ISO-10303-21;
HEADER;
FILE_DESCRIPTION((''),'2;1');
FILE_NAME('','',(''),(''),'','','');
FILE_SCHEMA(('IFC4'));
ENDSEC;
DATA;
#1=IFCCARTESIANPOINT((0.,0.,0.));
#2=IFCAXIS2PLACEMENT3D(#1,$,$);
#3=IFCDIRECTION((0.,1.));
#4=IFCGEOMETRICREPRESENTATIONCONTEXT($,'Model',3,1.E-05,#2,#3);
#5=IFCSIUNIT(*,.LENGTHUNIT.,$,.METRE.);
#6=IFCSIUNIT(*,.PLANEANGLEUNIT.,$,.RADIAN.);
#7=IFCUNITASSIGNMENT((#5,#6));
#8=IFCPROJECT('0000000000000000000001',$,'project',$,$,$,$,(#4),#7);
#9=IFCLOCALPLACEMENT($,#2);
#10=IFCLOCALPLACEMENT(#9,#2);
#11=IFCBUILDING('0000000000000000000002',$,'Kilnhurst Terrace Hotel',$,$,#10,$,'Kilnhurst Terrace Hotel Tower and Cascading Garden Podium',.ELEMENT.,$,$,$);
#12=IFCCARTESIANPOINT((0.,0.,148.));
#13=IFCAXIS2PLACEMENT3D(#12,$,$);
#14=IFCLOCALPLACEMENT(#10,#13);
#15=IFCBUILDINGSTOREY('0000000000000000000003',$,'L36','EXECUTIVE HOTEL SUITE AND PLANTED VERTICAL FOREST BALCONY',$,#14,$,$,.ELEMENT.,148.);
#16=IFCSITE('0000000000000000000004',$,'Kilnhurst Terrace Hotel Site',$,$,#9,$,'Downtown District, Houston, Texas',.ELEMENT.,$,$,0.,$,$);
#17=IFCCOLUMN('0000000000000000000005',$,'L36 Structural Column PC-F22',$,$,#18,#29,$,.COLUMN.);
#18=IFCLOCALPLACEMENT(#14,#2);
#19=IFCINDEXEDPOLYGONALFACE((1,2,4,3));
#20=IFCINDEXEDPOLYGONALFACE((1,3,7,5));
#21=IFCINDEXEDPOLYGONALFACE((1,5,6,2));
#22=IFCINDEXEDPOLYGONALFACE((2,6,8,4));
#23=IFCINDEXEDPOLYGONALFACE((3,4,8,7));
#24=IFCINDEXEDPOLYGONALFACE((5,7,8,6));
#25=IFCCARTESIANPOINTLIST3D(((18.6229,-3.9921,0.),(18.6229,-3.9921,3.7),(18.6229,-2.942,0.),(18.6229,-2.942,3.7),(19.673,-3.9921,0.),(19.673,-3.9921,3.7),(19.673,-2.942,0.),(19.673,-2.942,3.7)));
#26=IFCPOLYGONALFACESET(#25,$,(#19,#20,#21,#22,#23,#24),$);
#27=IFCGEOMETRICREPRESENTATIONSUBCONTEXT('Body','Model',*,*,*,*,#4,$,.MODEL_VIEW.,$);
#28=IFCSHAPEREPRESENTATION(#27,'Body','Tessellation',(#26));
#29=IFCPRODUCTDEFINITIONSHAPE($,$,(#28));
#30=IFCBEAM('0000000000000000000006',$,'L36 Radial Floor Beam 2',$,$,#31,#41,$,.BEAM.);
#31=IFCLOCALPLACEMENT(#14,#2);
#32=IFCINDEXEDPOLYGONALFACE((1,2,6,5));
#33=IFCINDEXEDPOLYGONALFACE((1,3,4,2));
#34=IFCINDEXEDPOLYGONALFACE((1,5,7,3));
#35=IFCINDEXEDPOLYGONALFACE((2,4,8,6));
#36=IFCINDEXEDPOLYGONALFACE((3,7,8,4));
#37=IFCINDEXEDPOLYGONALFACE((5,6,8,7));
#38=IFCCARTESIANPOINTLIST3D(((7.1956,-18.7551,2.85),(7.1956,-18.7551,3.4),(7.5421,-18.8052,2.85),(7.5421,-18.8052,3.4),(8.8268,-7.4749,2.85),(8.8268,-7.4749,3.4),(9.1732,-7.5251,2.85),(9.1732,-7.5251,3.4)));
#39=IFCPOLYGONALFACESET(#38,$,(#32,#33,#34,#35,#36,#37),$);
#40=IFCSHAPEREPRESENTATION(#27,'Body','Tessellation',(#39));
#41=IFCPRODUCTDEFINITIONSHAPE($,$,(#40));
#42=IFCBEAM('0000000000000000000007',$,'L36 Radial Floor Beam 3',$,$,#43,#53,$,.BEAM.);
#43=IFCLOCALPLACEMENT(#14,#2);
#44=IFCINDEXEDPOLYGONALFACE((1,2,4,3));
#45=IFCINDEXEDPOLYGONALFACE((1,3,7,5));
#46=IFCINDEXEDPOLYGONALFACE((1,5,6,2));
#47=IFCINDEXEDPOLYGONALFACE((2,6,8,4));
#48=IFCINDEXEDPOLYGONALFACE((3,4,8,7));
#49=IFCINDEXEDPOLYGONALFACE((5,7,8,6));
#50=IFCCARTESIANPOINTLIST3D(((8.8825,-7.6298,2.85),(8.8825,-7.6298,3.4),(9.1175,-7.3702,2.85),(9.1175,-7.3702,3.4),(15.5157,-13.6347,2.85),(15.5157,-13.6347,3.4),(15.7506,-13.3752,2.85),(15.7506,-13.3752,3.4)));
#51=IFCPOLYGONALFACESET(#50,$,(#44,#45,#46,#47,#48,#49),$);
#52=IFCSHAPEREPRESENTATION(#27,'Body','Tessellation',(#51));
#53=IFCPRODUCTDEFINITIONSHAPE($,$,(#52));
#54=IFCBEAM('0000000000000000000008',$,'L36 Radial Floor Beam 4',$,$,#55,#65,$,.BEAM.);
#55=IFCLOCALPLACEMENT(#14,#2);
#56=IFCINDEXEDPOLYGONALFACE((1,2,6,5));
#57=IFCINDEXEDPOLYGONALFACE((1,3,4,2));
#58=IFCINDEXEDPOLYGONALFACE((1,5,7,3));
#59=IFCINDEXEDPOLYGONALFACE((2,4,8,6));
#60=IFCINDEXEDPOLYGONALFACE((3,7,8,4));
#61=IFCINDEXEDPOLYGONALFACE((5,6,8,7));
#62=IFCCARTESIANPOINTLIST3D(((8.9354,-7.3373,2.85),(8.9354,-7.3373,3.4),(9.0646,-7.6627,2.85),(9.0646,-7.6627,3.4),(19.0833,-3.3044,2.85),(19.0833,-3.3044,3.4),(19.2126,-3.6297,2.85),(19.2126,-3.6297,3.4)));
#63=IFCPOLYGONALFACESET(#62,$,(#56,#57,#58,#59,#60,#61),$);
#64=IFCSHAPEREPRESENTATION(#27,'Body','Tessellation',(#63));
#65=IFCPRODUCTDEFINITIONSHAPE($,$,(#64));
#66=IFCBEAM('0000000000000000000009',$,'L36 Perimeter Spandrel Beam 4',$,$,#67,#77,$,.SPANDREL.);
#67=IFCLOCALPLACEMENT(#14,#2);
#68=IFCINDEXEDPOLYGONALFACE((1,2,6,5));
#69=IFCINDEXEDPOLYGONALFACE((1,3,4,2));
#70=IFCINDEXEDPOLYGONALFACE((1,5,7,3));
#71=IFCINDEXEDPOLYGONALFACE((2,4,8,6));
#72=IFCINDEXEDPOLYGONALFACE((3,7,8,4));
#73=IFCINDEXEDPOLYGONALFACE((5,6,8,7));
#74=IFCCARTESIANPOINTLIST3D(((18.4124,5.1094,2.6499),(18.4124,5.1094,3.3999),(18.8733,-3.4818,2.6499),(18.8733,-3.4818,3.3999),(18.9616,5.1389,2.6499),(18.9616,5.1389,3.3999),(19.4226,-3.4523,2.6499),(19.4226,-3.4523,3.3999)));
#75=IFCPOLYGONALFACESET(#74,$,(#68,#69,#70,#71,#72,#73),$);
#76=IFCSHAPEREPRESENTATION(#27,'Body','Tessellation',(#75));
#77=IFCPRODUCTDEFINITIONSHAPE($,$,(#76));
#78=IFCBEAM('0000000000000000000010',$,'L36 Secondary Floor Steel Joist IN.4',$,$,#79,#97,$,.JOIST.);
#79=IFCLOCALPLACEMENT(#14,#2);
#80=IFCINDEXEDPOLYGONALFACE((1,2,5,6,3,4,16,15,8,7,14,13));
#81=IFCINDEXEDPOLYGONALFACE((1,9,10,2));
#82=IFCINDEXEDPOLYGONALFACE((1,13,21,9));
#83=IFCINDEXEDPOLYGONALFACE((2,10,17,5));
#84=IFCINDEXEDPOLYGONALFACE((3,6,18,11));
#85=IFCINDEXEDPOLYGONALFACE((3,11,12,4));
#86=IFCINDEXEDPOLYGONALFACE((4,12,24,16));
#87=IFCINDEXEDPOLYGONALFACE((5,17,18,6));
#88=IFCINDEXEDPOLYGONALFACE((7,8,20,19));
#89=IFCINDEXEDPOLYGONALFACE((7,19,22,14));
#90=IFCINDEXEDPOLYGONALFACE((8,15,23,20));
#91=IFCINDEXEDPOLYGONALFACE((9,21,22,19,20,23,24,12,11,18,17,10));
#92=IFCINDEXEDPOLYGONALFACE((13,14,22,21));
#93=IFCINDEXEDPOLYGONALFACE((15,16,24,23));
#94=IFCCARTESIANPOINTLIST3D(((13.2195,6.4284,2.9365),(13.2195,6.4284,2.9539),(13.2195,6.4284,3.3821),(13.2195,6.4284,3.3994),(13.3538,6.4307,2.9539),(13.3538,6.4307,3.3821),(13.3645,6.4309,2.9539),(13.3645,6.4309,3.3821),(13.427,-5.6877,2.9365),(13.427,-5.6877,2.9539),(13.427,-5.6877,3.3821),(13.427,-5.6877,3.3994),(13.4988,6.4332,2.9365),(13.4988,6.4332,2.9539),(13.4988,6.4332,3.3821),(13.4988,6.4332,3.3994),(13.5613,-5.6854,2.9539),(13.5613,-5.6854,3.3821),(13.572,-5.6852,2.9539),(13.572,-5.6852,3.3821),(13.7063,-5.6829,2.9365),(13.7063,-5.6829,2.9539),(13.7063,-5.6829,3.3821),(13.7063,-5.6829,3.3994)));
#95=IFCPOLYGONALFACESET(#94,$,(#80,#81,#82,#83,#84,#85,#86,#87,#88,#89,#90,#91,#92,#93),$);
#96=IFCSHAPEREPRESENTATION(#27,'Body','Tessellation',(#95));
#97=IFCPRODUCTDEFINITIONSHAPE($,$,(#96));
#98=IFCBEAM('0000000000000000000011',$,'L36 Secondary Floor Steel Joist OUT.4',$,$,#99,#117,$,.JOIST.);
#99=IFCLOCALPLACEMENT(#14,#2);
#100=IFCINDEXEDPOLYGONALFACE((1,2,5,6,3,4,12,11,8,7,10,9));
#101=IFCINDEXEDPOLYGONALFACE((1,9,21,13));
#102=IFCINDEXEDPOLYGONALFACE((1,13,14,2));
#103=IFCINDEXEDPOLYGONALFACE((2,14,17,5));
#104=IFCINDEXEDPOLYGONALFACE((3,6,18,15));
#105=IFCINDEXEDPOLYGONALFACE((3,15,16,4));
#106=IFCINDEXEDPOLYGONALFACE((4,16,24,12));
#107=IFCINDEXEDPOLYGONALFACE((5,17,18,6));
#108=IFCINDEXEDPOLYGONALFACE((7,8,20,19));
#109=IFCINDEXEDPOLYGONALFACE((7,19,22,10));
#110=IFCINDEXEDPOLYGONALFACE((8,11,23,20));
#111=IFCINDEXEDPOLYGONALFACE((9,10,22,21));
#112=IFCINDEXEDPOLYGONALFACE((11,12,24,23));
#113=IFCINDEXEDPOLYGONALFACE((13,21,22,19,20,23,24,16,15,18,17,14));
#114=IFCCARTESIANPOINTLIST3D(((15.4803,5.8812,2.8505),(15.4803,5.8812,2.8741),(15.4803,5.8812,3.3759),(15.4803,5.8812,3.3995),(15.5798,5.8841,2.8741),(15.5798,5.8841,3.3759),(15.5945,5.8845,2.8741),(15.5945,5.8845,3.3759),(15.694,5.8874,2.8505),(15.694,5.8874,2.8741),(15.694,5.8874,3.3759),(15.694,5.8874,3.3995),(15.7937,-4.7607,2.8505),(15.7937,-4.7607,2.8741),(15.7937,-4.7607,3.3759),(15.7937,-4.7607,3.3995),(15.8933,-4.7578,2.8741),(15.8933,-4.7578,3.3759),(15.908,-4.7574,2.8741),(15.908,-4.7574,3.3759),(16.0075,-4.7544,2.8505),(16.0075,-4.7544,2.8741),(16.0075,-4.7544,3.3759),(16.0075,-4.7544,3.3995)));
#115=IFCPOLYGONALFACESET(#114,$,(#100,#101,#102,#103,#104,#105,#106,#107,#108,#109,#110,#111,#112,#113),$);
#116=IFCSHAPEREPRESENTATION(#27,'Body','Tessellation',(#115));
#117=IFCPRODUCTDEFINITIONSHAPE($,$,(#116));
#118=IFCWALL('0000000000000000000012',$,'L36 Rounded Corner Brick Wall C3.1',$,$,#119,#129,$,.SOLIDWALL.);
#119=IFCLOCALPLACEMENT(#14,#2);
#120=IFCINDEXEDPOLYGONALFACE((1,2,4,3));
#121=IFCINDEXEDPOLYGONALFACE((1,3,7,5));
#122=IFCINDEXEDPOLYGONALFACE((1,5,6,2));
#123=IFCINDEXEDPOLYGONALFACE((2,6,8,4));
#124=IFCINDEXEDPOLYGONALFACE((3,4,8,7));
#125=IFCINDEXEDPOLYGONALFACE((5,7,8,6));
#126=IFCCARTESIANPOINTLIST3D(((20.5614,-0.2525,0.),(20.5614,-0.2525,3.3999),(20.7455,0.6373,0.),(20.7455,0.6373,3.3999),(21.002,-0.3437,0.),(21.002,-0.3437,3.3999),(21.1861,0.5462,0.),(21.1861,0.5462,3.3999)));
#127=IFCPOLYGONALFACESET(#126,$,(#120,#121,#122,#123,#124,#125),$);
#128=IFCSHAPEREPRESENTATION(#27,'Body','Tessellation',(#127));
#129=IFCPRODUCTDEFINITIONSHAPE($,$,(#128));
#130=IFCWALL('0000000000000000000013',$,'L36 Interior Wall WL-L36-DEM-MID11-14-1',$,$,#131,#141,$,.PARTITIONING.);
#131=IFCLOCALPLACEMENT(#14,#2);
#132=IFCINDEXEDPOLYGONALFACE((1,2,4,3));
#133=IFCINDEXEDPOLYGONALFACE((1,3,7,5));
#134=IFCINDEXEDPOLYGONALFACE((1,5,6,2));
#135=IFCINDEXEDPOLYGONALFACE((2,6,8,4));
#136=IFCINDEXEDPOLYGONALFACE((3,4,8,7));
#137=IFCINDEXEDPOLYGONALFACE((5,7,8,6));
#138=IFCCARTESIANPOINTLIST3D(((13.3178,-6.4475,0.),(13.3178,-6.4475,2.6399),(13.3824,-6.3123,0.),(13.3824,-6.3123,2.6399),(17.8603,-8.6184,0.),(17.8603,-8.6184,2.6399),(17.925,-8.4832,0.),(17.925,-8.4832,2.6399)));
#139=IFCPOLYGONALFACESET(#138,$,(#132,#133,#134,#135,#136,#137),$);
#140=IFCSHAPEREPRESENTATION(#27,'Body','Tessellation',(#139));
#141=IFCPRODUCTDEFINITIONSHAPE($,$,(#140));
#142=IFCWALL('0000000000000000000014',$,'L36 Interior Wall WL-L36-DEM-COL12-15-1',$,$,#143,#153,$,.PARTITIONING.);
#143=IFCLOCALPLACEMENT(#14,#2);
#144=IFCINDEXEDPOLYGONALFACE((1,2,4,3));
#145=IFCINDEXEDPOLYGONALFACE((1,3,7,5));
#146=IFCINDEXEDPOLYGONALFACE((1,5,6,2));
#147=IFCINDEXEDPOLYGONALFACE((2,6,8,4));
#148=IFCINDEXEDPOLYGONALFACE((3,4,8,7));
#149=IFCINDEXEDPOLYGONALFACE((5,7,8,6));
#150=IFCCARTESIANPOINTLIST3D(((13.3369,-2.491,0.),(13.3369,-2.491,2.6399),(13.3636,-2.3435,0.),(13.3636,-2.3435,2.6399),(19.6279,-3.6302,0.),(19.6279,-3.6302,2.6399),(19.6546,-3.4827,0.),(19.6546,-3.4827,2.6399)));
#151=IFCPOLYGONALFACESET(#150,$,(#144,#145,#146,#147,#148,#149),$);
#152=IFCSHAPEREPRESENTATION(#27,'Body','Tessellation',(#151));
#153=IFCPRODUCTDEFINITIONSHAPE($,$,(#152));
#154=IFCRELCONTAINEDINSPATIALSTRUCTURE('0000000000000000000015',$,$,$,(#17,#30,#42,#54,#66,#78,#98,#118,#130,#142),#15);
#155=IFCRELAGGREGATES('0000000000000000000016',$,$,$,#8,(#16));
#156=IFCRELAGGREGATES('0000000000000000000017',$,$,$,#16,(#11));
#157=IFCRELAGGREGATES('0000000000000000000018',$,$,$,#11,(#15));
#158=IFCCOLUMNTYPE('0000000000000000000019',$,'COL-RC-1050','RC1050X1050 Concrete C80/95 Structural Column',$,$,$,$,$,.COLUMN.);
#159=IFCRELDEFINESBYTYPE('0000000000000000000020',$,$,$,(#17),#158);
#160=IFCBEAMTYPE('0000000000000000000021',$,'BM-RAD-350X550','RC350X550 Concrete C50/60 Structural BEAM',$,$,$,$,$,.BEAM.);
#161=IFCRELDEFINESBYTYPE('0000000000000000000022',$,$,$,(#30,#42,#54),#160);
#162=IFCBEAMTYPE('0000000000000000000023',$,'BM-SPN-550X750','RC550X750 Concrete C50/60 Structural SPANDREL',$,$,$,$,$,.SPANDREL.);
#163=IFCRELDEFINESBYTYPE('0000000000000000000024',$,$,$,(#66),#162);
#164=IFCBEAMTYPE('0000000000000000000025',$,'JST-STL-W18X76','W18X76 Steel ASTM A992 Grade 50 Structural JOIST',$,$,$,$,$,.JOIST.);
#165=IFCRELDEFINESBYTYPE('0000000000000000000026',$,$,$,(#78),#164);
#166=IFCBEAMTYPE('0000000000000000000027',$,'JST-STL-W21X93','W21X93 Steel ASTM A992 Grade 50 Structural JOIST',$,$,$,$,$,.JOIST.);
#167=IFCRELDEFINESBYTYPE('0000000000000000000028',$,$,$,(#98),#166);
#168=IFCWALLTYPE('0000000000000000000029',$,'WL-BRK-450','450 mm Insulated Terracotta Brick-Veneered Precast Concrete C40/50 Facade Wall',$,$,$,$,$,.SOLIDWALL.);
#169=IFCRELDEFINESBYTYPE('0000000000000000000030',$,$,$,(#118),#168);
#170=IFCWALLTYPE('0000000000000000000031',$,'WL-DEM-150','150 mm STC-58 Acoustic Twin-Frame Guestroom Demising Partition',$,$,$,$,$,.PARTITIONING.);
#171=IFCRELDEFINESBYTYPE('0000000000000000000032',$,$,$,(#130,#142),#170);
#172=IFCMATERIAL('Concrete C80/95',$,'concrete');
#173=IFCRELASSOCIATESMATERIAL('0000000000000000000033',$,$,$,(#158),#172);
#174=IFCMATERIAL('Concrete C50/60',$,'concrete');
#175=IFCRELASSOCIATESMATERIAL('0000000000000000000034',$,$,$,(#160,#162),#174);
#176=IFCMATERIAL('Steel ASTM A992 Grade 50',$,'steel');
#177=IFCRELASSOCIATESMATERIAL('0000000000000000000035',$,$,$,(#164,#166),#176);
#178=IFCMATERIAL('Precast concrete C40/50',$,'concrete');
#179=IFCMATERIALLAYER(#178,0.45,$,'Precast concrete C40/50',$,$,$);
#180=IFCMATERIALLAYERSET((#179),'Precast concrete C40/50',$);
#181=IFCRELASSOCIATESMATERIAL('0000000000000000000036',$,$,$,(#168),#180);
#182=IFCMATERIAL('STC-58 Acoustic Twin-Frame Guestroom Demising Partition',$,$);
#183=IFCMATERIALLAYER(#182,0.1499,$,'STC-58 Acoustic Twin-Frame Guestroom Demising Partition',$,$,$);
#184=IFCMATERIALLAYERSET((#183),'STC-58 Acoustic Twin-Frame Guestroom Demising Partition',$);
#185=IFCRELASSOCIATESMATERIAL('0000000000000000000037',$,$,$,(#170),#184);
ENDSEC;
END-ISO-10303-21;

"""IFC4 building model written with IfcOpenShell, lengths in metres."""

from ifc_helpers import new_model, si_unit, direction, frame, frame_2d, origin, origin_2d, place, context, subcontext, project, spatial, rectangle, i_section, extrude, material, layer, layer_set, material_profile, profile_set, type_object, element, save


model = new_model("IFC4")

# Units and contexts
model_context = context("Model", 3, precision=1e-05, world=origin(), true_north=direction((0.0, 1.0)))
body_context = subcontext(model_context, "Body", "Model", "MODEL_VIEW")
ifc_project = project(units=[si_unit("LENGTHUNIT", "METRE"), si_unit("PLANEANGLEUNIT", "RADIAN")], contexts=[model_context])

# Site, building, storey
site_placement = place(None, origin())
site = spatial("IfcSite", under=ifc_project, at=site_placement, Name="Kilnhurst Terrace Hotel Site", LongName="Downtown District, Houston, Texas", CompositionType="ELEMENT", RefElevation=0.0)
building_placement = place(site_placement, origin())
building = spatial("IfcBuilding", under=site, at=building_placement, Name="Kilnhurst Terrace Hotel", LongName="Kilnhurst Terrace Hotel Tower and Cascading Garden Podium", CompositionType="ELEMENT")
storey_placement = place(building_placement, frame((0.0, 0.0, 148.0)))
storey = spatial("IfcBuildingStorey", under=building, at=storey_placement, Name="L36", Description="EXECUTIVE HOTEL SUITE AND PLANTED VERTICAL FOREST BALCONY", CompositionType="ELEMENT", Elevation=148.0)

# Column
ifc_material_1 = material(Name="Concrete C80/95", Category="concrete")
ifc_material_profile_1 = material_profile(ifc_material_1, rectangle(XDim=1.05, YDim=1.05, at=origin_2d()), Name="RC1050X1050")
ifc_profile_set_1 = profile_set([ifc_material_profile_1], Name="Concrete C80/95")
column_type = type_object("IfcColumnType", Name="COL-RC-1050", Description="RC1050X1050 Concrete C80/95 Structural Column", PredefinedType="COLUMN", material=ifc_profile_set_1)
column_placement = place(storey_placement, frame((19.1479, -3.467, 0.0), z_axis=(0.0, 0.0, 1.0), x_axis=(1.0, 0.0, 0.0)))
element("IfcColumn", 1, at=column_placement, inside=storey, type_object=column_type, Name="L36 Structural Column PC-F22", PredefinedType="COLUMN", context=body_context, shape_type="SweptSolid", body=[
    extrude(rectangle(XDim=1.05, YDim=1.05, at=origin_2d()), origin(), (0.0, 0.0, 1.0), 3.7),
])

# Beams
ifc_material_2 = material(Name="Concrete C50/60", Category="concrete")
ifc_material_profile_2 = material_profile(ifc_material_2, rectangle(XDim=0.3501, YDim=0.55, at=origin_2d()), Name="RC350X550")
ifc_profile_set_2 = profile_set([ifc_material_profile_2], Name="Concrete C50/60")
beam_type_1 = type_object("IfcBeamType", Name="BM-RAD-350X550", Description="RC350X550 Concrete C50/60 Structural BEAM", PredefinedType="BEAM", material=ifc_profile_set_2)
beam_1_placement = place(storey_placement, frame((9.0, -7.5, 3.125), z_axis=(-0.143113, -0.989706, 0.0), x_axis=(0.989706, -0.143113, 0.0)))
element("IfcBeam", 2, at=beam_1_placement, inside=storey, type_object=beam_type_1, Name="L36 Radial Floor Beam 2", PredefinedType="BEAM", context=body_context, shape_type="SweptSolid", body=[
    extrude(rectangle(XDim=0.3501, YDim=0.55, at=origin_2d()), origin(), (0.0, 0.0, 1.0), 11.3975),
])
beam_2_placement = place(storey_placement, frame((9.0, -7.5, 3.125), z_axis=(0.741339, -0.671131, 0.0), x_axis=(0.671131, 0.741339, 0.0)))
element("IfcBeam", 3, at=beam_2_placement, inside=storey, type_object=beam_type_1, Name="L36 Radial Floor Beam 3", PredefinedType="BEAM", context=body_context, shape_type="SweptSolid", body=[
    extrude(rectangle(XDim=0.3501, YDim=0.55, at=origin_2d()), origin(), (0.0, 0.0, 1.0), 8.9475),
])
beam_3_placement = place(storey_placement, frame((9.0, -7.5, 3.125), z_axis=(0.929302, 0.36932, 0.0), x_axis=(-0.36932, 0.929302, 0.0)))
element("IfcBeam", 4, at=beam_3_placement, inside=storey, type_object=beam_type_1, Name="L36 Radial Floor Beam 4", PredefinedType="BEAM", context=body_context, shape_type="SweptSolid", body=[
    extrude(rectangle(XDim=0.3501, YDim=0.55, at=origin_2d()), origin(), (0.0, 0.0, 1.0), 10.9199),
])
ifc_material_profile_3 = material_profile(ifc_material_2, rectangle(XDim=0.55, YDim=0.75, at=origin_2d()), Name="RC550X750")
ifc_profile_set_3 = profile_set([ifc_material_profile_3], Name="Concrete C50/60")
beam_type_2 = type_object("IfcBeamType", Name="BM-SPN-550X750", Description="RC550X750 Concrete C50/60 Structural SPANDREL", PredefinedType="SPANDREL", material=ifc_profile_set_3)
beam_4_placement = place(storey_placement, frame((19.1479, -3.467, 3.0249), z_axis=(-0.053576, 0.998564, 0.0), x_axis=(-0.998564, -0.053576, 0.0)))
element("IfcBeam", 5, at=beam_4_placement, inside=storey, type_object=beam_type_2, Name="L36 Perimeter Spandrel Beam 4", PredefinedType="SPANDREL", context=body_context, shape_type="SweptSolid", body=[
    extrude(rectangle(XDim=0.55, YDim=0.75, at=origin_2d()), origin(), (0.0, 0.0, 1.0), 8.6035),
])
ifc_material_3 = material(Name="Steel ASTM A992 Grade 50", Category="steel")
ifc_material_profile_4 = material_profile(ifc_material_3, i_section(OverallWidth=0.2793, OverallDepth=0.4629, WebThickness=0.0107, FlangeThickness=0.0173, at=origin_2d()), Name="W18X76")
ifc_profile_set_4 = profile_set([ifc_material_profile_4], Name="Steel ASTM A992 Grade 50")
beam_type_3 = type_object("IfcBeamType", Name="JST-STL-W18X76", Description="W18X76 Steel ASTM A992 Grade 50 Structural JOIST", PredefinedType="JOIST", material=ifc_profile_set_4)
beam_5_placement = place(storey_placement, frame((13.5667, -5.6853, 3.168), z_axis=(-0.017125, 0.999853, 0.0), x_axis=(-0.999853, -0.017125, 0.0)))
element("IfcBeam", 6, at=beam_5_placement, inside=storey, type_object=beam_type_3, Name="L36 Secondary Floor Steel Joist IN.4", PredefinedType="JOIST", context=body_context, shape_type="SweptSolid", body=[
    extrude(i_section(OverallWidth=0.2793, OverallDepth=0.4629, WebThickness=0.0107, FlangeThickness=0.0173, at=origin_2d()), origin(), (0.0, 0.0, 1.0), 12.1179),
])
ifc_material_profile_5 = material_profile(ifc_material_3, i_section(OverallWidth=0.2139, OverallDepth=0.5491, WebThickness=0.0146, FlangeThickness=0.0237, at=origin_2d()), Name="W21X93")
ifc_profile_set_5 = profile_set([ifc_material_profile_5], Name="Steel ASTM A992 Grade 50")
beam_type_4 = type_object("IfcBeamType", Name="JST-STL-W21X93", Description="W21X93 Steel ASTM A992 Grade 50 Structural JOIST", PredefinedType="JOIST", material=ifc_profile_set_5)
beam_6_placement = place(storey_placement, frame((15.9006, -4.7576, 3.125), z_axis=(-0.029444, 0.999566, 0.0), x_axis=(-0.999566, -0.029444, 0.0)))
element("IfcBeam", 7, at=beam_6_placement, inside=storey, type_object=beam_type_4, Name="L36 Secondary Floor Steel Joist OUT.4", PredefinedType="JOIST", context=body_context, shape_type="SweptSolid", body=[
    extrude(i_section(OverallWidth=0.2139, OverallDepth=0.5491, WebThickness=0.0146, FlangeThickness=0.0237, at=origin_2d()), origin(), (0.0, 0.0, 1.0), 10.6465),
])

# Wall
ifc_material_4 = material(Name="Precast concrete C40/50", Category="concrete")
ifc_layer_1 = layer(ifc_material_4, 0.45, Name="Precast concrete C40/50")
ifc_layer_set_1 = layer_set([ifc_layer_1], Name="Precast concrete C40/50")
wall_type_1 = type_object("IfcWallType", Name="WL-BRK-450", Description="450 mm Insulated Terracotta Brick-Veneered Precast Concrete C40/50 Facade Wall", PredefinedType="SOLIDWALL", material=ifc_layer_set_1)
wall_1_placement = place(storey_placement, frame((20.7817, -0.2981, 0.0), z_axis=(0.0, 0.0, 1.0), x_axis=(0.20257, 0.979268, 0.0)))
element("IfcWall", 8, at=wall_1_placement, inside=storey, type_object=wall_type_1, Name="L36 Rounded Corner Brick Wall C3.1", PredefinedType="SOLIDWALL", context=body_context, shape_type="SweptSolid", body=[
    extrude(rectangle(XDim=0.9087, YDim=0.45, at=frame_2d((0.4543, 0.0))), origin(), (0.0, 0.0, 1.0), 3.3999),
])

# Walls
ifc_material_5 = material(Name="STC-58 Acoustic Twin-Frame Guestroom Demising Partition")
ifc_layer_2 = layer(ifc_material_5, 0.1499, Name="STC-58 Acoustic Twin-Frame Guestroom Demising Partition")
ifc_layer_set_2 = layer_set([ifc_layer_2], Name="STC-58 Acoustic Twin-Frame Guestroom Demising Partition")
wall_type_2 = type_object("IfcWallType", Name="WL-DEM-150", Description="150 mm STC-58 Acoustic Twin-Frame Guestroom Demising Partition", PredefinedType="PARTITIONING", material=ifc_layer_set_2)
wall_2_placement = place(storey_placement, frame((13.3501, -6.3799, 0.0), z_axis=(0.0, 0.0, 1.0), x_axis=(0.902257, -0.431198, 0.0)))
element("IfcWall", 9, at=wall_2_placement, inside=storey, type_object=wall_type_2, Name="L36 Interior Wall WL-L36-DEM-MID11-14-1", PredefinedType="PARTITIONING", context=body_context, shape_type="SweptSolid", body=[
    extrude(rectangle(XDim=5.0347, YDim=0.1499, at=frame_2d((2.5173, 0.0))), origin(), (0.0, 0.0, 1.0), 2.6399),
])
wall_3_placement = place(storey_placement, frame((13.3501, -2.4172, 0.0), z_axis=(0.0, 0.0, 1.0), x_axis=(0.983998, -0.17818, 0.0)))
element("IfcWall", 10, at=wall_3_placement, inside=storey, type_object=wall_type_2, Name="L36 Interior Wall WL-L36-DEM-COL12-15-1", PredefinedType="PARTITIONING", context=body_context, shape_type="SweptSolid", body=[
    extrude(rectangle(XDim=6.3933, YDim=0.1499, at=frame_2d((3.1968, 0.0))), origin(), (0.0, 0.0, 1.0), 2.6399),
])

save(model, "model.ifc")
